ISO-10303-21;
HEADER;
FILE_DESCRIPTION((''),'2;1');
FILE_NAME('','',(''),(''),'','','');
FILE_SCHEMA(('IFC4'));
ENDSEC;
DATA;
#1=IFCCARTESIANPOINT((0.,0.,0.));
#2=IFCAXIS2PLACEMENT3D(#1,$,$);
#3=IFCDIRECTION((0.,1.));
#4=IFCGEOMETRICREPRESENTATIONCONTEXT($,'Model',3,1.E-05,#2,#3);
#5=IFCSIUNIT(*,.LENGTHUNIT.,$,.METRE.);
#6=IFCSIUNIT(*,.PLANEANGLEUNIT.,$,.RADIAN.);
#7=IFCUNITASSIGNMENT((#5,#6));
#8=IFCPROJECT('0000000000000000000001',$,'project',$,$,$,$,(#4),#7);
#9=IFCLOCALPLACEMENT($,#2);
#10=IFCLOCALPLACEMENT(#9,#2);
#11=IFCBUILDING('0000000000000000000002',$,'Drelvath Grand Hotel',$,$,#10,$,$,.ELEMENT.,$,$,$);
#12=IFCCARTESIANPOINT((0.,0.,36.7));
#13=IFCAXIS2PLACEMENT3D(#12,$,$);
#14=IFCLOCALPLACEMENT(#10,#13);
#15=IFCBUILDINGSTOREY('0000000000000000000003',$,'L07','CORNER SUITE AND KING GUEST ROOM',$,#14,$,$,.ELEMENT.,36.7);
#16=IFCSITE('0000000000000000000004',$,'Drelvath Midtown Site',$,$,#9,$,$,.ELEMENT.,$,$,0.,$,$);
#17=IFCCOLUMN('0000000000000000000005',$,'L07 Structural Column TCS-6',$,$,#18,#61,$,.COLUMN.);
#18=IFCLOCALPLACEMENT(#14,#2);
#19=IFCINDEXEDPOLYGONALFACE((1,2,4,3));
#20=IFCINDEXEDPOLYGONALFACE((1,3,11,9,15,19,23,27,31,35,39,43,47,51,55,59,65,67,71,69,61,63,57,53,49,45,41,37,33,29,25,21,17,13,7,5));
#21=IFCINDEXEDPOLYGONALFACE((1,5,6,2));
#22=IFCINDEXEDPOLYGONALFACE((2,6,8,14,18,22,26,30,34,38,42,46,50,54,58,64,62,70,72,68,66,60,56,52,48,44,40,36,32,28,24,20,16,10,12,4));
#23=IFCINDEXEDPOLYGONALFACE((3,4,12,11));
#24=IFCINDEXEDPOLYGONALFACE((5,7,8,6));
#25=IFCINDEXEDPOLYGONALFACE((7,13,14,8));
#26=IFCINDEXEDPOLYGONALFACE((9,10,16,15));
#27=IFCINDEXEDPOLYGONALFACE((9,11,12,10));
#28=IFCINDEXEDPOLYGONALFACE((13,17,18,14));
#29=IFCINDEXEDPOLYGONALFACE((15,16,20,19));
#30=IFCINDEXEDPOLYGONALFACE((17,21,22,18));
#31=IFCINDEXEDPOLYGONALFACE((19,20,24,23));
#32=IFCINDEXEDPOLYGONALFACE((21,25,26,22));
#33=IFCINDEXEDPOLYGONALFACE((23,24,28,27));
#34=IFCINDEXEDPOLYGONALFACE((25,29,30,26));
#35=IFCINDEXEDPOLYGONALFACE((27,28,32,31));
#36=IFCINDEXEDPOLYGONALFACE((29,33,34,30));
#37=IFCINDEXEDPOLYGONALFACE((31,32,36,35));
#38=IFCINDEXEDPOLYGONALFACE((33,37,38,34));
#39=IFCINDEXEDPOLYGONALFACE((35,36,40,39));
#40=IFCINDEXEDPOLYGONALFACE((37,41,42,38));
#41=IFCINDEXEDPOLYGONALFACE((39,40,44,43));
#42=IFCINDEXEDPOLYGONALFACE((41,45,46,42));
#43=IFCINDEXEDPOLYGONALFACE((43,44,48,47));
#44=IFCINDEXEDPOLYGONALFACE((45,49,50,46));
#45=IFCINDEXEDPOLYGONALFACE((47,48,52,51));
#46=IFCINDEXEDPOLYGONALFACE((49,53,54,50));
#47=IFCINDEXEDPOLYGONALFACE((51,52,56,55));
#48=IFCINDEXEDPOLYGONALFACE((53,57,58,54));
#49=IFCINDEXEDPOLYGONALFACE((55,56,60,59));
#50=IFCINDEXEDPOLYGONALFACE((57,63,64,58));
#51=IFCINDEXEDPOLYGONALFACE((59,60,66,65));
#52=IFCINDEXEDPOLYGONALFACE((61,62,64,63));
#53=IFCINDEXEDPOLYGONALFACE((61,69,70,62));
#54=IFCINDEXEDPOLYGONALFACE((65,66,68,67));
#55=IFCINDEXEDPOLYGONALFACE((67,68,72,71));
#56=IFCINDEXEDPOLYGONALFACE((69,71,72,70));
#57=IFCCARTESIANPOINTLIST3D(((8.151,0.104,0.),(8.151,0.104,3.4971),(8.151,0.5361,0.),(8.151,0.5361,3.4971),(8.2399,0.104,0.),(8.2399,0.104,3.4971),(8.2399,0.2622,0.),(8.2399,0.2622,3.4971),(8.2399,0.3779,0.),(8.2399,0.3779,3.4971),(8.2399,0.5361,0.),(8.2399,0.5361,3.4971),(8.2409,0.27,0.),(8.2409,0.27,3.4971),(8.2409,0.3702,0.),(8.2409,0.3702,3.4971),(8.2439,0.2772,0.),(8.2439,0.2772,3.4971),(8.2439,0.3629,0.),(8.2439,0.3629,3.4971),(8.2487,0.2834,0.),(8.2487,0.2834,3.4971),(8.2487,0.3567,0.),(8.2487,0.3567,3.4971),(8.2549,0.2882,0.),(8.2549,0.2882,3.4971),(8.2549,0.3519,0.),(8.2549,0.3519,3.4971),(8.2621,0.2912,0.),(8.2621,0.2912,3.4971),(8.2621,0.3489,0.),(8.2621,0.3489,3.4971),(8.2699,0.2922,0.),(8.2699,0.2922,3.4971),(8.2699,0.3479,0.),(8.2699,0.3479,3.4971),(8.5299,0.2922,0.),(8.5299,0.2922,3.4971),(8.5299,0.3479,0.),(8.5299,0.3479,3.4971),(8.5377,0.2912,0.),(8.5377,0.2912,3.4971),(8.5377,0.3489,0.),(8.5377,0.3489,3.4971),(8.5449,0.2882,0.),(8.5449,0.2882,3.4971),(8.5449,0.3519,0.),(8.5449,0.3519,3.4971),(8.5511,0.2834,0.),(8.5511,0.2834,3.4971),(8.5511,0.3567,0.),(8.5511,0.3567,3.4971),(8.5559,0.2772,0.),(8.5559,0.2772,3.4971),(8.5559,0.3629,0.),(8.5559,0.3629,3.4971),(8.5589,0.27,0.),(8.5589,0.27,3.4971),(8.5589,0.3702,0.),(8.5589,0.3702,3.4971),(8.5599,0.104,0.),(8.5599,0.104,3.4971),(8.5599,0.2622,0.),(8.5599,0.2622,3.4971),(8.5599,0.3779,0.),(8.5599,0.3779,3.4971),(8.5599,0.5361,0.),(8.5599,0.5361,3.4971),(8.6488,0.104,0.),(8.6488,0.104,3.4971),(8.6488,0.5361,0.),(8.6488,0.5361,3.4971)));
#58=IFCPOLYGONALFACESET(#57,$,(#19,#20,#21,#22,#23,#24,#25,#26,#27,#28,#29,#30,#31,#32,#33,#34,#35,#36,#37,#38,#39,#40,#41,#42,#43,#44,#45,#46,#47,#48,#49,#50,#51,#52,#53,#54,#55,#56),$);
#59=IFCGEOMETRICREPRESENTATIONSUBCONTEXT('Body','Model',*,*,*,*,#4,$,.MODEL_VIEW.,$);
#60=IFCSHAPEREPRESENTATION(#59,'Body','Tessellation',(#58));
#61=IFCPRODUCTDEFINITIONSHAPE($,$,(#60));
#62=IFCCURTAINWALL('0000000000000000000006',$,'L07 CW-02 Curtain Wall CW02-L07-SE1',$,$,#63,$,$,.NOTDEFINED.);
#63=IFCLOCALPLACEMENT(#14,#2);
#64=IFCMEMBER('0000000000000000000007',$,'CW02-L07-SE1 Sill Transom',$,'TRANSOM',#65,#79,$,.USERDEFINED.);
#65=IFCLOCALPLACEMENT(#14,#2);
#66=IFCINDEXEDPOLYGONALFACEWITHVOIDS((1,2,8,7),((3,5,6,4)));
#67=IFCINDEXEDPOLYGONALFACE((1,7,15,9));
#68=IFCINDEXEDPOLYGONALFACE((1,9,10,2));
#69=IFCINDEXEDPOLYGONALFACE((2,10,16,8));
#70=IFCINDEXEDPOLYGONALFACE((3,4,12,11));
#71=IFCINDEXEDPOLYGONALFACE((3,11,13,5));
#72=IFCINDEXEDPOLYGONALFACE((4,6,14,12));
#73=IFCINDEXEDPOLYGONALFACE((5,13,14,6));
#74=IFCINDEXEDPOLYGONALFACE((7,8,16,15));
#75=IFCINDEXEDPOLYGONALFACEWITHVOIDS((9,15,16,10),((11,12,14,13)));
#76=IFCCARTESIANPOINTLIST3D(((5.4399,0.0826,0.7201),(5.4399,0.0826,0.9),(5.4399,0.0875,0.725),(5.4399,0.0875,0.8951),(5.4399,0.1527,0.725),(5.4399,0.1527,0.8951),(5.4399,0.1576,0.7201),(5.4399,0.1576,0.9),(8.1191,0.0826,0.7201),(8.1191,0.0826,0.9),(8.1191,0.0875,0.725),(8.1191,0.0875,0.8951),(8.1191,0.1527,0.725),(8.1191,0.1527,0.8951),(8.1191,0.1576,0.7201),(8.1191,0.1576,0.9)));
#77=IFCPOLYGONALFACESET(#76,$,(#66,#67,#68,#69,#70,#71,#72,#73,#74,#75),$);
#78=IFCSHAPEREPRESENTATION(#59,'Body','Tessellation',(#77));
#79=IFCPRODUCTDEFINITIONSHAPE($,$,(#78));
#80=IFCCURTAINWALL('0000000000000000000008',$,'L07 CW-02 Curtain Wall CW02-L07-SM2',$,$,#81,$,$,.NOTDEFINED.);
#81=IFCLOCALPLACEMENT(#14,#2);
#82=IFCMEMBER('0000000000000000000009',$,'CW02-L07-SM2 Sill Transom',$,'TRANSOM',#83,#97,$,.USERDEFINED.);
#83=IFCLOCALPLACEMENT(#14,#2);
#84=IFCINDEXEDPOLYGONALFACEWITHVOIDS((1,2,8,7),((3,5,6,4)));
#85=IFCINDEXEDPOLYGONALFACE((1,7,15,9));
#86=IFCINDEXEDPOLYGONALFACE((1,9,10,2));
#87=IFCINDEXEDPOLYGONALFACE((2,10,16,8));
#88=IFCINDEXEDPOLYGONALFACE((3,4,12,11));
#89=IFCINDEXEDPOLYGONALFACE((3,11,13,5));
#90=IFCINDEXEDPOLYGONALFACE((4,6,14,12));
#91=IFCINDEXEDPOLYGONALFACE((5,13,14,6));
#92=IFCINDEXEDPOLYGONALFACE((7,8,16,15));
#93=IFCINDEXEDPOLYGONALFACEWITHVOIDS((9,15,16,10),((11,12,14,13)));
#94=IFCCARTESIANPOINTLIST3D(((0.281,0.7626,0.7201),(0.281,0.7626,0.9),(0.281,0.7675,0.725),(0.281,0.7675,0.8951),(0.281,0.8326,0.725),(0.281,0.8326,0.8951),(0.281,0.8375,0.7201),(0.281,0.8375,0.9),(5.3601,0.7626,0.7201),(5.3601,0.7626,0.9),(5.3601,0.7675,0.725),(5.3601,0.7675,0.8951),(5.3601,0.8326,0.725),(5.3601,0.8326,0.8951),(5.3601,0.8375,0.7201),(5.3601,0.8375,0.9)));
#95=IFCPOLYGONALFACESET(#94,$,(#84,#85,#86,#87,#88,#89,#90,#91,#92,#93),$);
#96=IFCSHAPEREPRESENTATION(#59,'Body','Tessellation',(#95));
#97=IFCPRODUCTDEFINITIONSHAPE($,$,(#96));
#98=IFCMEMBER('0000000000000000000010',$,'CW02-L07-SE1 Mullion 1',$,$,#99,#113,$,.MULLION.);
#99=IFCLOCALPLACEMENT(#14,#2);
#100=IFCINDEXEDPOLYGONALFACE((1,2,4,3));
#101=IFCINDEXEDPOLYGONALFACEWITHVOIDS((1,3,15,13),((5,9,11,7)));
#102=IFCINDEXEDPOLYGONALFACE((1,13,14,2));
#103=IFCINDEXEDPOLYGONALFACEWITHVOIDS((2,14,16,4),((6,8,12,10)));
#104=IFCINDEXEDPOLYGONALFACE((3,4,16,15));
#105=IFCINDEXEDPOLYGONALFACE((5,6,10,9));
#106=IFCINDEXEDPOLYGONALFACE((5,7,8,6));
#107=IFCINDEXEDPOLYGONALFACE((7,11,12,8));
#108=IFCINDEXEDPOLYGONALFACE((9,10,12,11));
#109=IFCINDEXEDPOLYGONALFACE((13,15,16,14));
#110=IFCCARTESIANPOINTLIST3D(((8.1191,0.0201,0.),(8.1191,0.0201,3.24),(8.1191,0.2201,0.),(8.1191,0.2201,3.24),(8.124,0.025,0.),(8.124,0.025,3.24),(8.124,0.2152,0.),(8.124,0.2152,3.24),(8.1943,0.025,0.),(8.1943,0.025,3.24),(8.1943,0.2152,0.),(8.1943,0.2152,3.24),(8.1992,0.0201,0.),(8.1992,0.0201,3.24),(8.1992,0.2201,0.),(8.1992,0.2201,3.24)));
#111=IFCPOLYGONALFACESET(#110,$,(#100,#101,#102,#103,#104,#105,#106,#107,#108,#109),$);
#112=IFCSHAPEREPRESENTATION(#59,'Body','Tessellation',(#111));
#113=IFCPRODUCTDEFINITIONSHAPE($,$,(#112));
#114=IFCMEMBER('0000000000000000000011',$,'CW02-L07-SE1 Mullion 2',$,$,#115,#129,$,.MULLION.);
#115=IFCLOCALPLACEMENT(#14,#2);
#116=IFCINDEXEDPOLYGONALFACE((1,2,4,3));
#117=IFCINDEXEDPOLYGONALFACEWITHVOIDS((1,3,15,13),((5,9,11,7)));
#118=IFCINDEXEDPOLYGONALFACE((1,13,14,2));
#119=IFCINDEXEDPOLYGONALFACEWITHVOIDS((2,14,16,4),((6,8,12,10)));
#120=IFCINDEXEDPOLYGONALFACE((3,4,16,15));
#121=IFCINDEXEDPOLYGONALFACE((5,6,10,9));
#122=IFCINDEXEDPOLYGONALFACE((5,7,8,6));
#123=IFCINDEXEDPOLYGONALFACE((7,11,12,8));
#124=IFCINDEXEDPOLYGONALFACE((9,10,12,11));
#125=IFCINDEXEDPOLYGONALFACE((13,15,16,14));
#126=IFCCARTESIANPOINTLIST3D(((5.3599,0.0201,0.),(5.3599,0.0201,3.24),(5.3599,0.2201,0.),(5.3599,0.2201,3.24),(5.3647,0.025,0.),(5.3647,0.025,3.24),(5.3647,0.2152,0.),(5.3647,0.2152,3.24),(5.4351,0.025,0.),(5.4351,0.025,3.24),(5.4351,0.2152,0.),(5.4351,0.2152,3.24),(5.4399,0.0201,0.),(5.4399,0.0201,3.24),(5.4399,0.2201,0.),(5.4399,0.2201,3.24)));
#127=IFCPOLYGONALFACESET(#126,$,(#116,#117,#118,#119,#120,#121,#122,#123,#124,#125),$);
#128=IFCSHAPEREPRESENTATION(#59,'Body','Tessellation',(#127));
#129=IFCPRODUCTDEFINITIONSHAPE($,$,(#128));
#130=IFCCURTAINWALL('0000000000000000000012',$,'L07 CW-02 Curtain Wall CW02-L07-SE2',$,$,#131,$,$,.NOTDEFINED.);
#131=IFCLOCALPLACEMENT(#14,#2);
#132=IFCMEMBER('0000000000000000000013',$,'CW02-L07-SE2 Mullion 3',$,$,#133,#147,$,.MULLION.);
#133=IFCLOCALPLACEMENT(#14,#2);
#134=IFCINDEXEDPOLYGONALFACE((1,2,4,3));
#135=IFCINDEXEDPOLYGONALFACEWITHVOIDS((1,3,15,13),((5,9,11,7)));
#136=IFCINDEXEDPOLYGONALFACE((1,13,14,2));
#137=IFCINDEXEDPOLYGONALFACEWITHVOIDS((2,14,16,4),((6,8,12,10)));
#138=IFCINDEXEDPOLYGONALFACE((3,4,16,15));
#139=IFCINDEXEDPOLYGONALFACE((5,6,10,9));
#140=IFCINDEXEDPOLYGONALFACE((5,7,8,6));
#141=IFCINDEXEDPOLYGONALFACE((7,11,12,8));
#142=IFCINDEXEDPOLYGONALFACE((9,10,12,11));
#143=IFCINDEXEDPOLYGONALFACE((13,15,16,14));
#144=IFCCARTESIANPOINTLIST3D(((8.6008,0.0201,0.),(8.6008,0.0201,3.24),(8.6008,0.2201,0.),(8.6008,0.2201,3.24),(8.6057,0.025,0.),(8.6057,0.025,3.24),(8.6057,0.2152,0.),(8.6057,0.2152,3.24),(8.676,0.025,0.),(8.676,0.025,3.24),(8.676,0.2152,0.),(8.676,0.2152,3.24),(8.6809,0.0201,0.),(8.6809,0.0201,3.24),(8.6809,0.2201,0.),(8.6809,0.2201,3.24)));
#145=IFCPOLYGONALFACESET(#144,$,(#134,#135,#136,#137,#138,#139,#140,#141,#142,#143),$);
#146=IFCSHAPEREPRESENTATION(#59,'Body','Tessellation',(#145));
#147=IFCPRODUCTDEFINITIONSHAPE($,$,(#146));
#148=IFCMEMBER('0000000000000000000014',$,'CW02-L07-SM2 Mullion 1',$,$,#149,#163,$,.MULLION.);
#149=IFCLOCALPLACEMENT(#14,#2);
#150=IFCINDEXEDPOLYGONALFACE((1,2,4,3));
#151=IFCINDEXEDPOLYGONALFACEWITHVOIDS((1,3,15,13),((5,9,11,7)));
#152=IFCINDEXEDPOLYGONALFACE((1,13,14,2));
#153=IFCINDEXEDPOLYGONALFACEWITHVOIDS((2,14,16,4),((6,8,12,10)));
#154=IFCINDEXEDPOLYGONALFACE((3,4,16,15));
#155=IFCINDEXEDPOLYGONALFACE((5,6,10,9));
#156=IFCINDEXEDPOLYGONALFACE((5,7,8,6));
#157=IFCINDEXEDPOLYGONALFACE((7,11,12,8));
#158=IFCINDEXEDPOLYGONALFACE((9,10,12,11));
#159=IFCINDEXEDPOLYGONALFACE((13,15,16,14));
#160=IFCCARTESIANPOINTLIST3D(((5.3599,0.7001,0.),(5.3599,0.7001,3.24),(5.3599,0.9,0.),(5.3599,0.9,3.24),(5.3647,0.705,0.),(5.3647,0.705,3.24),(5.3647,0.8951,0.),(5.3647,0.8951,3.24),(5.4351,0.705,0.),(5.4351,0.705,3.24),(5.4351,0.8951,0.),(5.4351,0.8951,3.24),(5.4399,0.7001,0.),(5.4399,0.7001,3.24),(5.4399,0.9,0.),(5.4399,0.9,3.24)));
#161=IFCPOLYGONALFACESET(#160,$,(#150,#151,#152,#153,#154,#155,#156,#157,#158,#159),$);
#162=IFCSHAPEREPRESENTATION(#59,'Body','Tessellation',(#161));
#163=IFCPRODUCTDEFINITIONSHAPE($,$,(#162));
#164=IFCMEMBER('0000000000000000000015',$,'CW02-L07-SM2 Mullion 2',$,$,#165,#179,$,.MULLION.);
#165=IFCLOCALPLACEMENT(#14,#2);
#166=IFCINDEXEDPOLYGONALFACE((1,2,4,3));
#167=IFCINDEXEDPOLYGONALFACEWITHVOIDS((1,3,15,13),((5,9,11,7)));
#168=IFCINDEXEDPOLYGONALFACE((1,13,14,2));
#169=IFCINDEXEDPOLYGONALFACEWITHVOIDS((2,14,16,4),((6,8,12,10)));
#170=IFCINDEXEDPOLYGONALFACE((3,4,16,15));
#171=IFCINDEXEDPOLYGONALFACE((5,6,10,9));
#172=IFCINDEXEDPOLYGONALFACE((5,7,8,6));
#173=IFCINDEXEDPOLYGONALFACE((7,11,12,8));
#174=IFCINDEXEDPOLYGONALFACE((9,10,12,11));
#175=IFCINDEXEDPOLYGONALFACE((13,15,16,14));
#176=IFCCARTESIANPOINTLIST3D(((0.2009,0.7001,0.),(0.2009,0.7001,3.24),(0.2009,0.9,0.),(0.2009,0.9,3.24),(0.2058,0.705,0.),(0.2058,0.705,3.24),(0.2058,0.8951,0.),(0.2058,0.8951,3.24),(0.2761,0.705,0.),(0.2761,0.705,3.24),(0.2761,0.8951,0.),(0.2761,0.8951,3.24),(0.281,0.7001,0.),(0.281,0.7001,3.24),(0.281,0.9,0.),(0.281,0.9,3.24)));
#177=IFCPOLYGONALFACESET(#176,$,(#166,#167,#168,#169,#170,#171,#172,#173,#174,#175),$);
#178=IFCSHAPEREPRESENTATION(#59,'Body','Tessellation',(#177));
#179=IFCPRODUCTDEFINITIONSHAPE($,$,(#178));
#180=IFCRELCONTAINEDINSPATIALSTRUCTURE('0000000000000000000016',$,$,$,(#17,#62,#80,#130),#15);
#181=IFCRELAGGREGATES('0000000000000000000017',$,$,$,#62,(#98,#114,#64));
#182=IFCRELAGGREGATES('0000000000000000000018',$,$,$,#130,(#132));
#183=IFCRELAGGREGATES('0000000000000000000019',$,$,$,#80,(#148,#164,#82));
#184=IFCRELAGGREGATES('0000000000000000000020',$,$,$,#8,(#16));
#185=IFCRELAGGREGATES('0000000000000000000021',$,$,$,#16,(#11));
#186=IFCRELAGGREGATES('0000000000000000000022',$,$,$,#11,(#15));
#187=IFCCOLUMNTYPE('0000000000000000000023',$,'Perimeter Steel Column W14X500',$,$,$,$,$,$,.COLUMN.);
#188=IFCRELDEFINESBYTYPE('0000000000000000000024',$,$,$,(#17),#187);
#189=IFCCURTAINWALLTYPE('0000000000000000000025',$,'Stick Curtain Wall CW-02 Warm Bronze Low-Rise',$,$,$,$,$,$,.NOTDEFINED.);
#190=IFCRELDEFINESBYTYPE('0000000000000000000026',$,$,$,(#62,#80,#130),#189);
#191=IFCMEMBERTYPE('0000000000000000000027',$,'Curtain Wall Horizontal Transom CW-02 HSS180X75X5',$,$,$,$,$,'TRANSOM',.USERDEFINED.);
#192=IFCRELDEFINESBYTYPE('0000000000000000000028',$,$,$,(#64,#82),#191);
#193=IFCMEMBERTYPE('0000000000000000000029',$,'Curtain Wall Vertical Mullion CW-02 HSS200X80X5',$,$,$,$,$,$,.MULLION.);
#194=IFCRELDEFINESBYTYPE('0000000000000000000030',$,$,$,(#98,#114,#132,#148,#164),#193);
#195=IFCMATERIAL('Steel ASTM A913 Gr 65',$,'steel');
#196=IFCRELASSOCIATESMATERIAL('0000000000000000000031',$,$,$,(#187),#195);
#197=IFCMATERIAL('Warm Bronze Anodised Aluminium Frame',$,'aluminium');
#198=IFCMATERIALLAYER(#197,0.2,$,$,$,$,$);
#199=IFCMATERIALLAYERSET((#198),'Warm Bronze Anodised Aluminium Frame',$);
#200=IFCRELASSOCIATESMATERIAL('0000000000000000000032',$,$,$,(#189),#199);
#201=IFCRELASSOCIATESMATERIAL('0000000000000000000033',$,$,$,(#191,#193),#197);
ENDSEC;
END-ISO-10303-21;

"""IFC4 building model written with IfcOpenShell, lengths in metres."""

from ifc_helpers import new_model, si_unit, direction, frame, origin, origin_2d, place, context, subcontext, project, spatial, hollow_rectangle, i_section, extrude, material, layer, layer_set, material_profile, profile_set, type_object, element, aggregate, save


model = new_model("IFC4")

# Units and contexts
model_context = context("Model", 3, precision=1e-05, world=origin(), true_north=direction((0.0, 1.0)))
body_context = subcontext(model_context, "Body", "Model", "MODEL_VIEW")
ifc_project = project(units=[si_unit("LENGTHUNIT", "METRE"), si_unit("PLANEANGLEUNIT", "RADIAN")], contexts=[model_context])

# Site, building, storey
site_placement = place(None, origin())
site = spatial("IfcSite", under=ifc_project, at=site_placement, Name="Drelvath Midtown Site", CompositionType="ELEMENT", RefElevation=0.0)
building_placement = place(site_placement, origin())
building = spatial("IfcBuilding", under=site, at=building_placement, Name="Drelvath Grand Hotel", CompositionType="ELEMENT")
storey_placement = place(building_placement, frame((0.0, 0.0, 36.7)))
storey = spatial("IfcBuildingStorey", under=building, at=storey_placement, Name="L07", Description="CORNER SUITE AND KING GUEST ROOM", CompositionType="ELEMENT", Elevation=36.7)

# Column
ifc_material_1 = material(Name="Steel ASTM A913 Gr 65", Category="steel")
ifc_material_profile_1 = material_profile(ifc_material_1, i_section(OverallWidth=0.4321, OverallDepth=0.4978, WebThickness=0.0557, FlangeThickness=0.0889, FilletRadius=0.03, at=origin_2d()), Name="W14X500")
ifc_profile_set_1 = profile_set([ifc_material_profile_1], Name="Steel ASTM A913 Gr 65")
column_type = type_object("IfcColumnType", Name="Perimeter Steel Column W14X500", PredefinedType="COLUMN", material=ifc_profile_set_1)
column_placement = place(storey_placement, frame((8.3999, 0.3201, 0.0), z_axis=(0.0, 0.0, 1.0), x_axis=(0.0, 1.0, 0.0)))
element("IfcColumn", 1, at=column_placement, inside=storey, type_object=column_type, Name="L07 Structural Column TCS-6", PredefinedType="COLUMN", context=body_context, shape_type="SweptSolid", body=[
    extrude(i_section(OverallWidth=0.4321, OverallDepth=0.4978, WebThickness=0.0557, FlangeThickness=0.0889, FilletRadius=0.03, at=origin_2d()), origin(), (0.0, 0.0, 1.0), 3.4971),
])

# Curtain walls, members
ifc_material_2 = material(Name="Warm Bronze Anodised Aluminium Frame", Category="aluminium")
ifc_layer_1 = layer(ifc_material_2, 0.2)
ifc_layer_set_1 = layer_set([ifc_layer_1], Name="Warm Bronze Anodised Aluminium Frame")
curtain_wall_type = type_object("IfcCurtainWallType", Name="Stick Curtain Wall CW-02 Warm Bronze Low-Rise", PredefinedType="NOTDEFINED", material=ifc_layer_set_1)
curtain_wall_1_placement = place(storey_placement, origin())
curtain_wall_1 = element("IfcCurtainWall", 2, at=curtain_wall_1_placement, inside=storey, type_object=curtain_wall_type, Name="L07 CW-02 Curtain Wall CW02-L07-SE1", PredefinedType="NOTDEFINED")
ifc_material_profile_2 = material_profile(ifc_material_2, hollow_rectangle(XDim=0.075, YDim=0.1799, WallThickness=0.0049, at=origin_2d()), Name="HSS180X75X5")
ifc_profile_set_2 = profile_set([ifc_material_profile_2], Name="Warm Bronze Anodised Aluminium Frame")
member_type_1 = type_object("IfcMemberType", Name="Curtain Wall Horizontal Transom CW-02 HSS180X75X5", ElementType="TRANSOM", PredefinedType="USERDEFINED", material=ifc_profile_set_2)
member_1_placement = place(storey_placement, frame((8.1191, 0.1201, 0.8101), z_axis=(-1.0, 0.0, 0.0), x_axis=(0.0, -1.0, 0.0)))
member_1 = element("IfcMember", 3, at=member_1_placement, type_object=member_type_1, Name="CW02-L07-SE1 Sill Transom", ObjectType="TRANSOM", PredefinedType="USERDEFINED", context=body_context, shape_type="SweptSolid", body=[
    extrude(hollow_rectangle(XDim=0.075, YDim=0.1799, WallThickness=0.0049, at=origin_2d()), origin(), (0.0, 0.0, 1.0), 2.6792),
])
curtain_wall_2_placement = place(storey_placement, origin())
curtain_wall_2 = element("IfcCurtainWall", 4, at=curtain_wall_2_placement, inside=storey, type_object=curtain_wall_type, Name="L07 CW-02 Curtain Wall CW02-L07-SM2", PredefinedType="NOTDEFINED")
member_2_placement = place(storey_placement, frame((5.3601, 0.8, 0.8101), z_axis=(-1.0, 0.0, 0.0), x_axis=(0.0, -1.0, 0.0)))
member_2 = element("IfcMember", 5, at=member_2_placement, type_object=member_type_1, Name="CW02-L07-SM2 Sill Transom", ObjectType="TRANSOM", PredefinedType="USERDEFINED", context=body_context, shape_type="SweptSolid", body=[
    extrude(hollow_rectangle(XDim=0.075, YDim=0.1799, WallThickness=0.0049, at=origin_2d()), origin(), (0.0, 0.0, 1.0), 5.0791),
])

# Members
ifc_material_profile_3 = material_profile(ifc_material_2, hollow_rectangle(XDim=0.0801, YDim=0.2, WallThickness=0.0049, at=origin_2d()), Name="HSS200X80X5")
ifc_profile_set_3 = profile_set([ifc_material_profile_3], Name="Warm Bronze Anodised Aluminium Frame")
member_type_2 = type_object("IfcMemberType", Name="Curtain Wall Vertical Mullion CW-02 HSS200X80X5", PredefinedType="MULLION", material=ifc_profile_set_3)
member_3_placement = place(storey_placement, frame((8.1592, 0.1201, 0.0), z_axis=(0.0, 0.0, 1.0), x_axis=(1.0, 0.0, 0.0)))
member_3 = element("IfcMember", 6, at=member_3_placement, type_object=member_type_2, Name="CW02-L07-SE1 Mullion 1", PredefinedType="MULLION", context=body_context, shape_type="SweptSolid", body=[
    extrude(hollow_rectangle(XDim=0.0801, YDim=0.2, WallThickness=0.0049, at=origin_2d()), origin(), (0.0, 0.0, 1.0), 3.24),
])
member_4_placement = place(storey_placement, frame((5.3999, 0.1201, 0.0), z_axis=(0.0, 0.0, 1.0), x_axis=(1.0, 0.0, 0.0)))
member_4 = element("IfcMember", 7, at=member_4_placement, type_object=member_type_2, Name="CW02-L07-SE1 Mullion 2", PredefinedType="MULLION", context=body_context, shape_type="SweptSolid", body=[
    extrude(hollow_rectangle(XDim=0.0801, YDim=0.2, WallThickness=0.0049, at=origin_2d()), origin(), (0.0, 0.0, 1.0), 3.24),
])

# Curtain wall, member
curtain_wall_3_placement = place(storey_placement, origin())
curtain_wall_3 = element("IfcCurtainWall", 8, at=curtain_wall_3_placement, inside=storey, type_object=curtain_wall_type, Name="L07 CW-02 Curtain Wall CW02-L07-SE2", PredefinedType="NOTDEFINED")
member_5_placement = place(storey_placement, frame((8.6409, 0.1201, 0.0), z_axis=(0.0, 0.0, 1.0), x_axis=(1.0, 0.0, 0.0)))
member_5 = element("IfcMember", 9, at=member_5_placement, type_object=member_type_2, Name="CW02-L07-SE2 Mullion 3", PredefinedType="MULLION", context=body_context, shape_type="SweptSolid", body=[
    extrude(hollow_rectangle(XDim=0.0801, YDim=0.2, WallThickness=0.0049, at=origin_2d()), origin(), (0.0, 0.0, 1.0), 3.24),
])

# Members
member_6_placement = place(storey_placement, frame((5.3999, 0.8, 0.0), z_axis=(0.0, 0.0, 1.0), x_axis=(1.0, 0.0, 0.0)))
member_6 = element("IfcMember", 10, at=member_6_placement, type_object=member_type_2, Name="CW02-L07-SM2 Mullion 1", PredefinedType="MULLION", context=body_context, shape_type="SweptSolid", body=[
    extrude(hollow_rectangle(XDim=0.0801, YDim=0.2, WallThickness=0.0049, at=origin_2d()), origin(), (0.0, 0.0, 1.0), 3.24),
])
member_7_placement = place(storey_placement, frame((0.241, 0.8, 0.0), z_axis=(0.0, 0.0, 1.0), x_axis=(1.0, 0.0, 0.0)))
member_7 = element("IfcMember", 11, at=member_7_placement, type_object=member_type_2, Name="CW02-L07-SM2 Mullion 2", PredefinedType="MULLION", context=body_context, shape_type="SweptSolid", body=[
    extrude(hollow_rectangle(XDim=0.0801, YDim=0.2, WallThickness=0.0049, at=origin_2d()), origin(), (0.0, 0.0, 1.0), 3.24),
])

aggregate(curtain_wall_1, [member_3, member_4, member_1])
aggregate(curtain_wall_3, [member_5])
aggregate(curtain_wall_2, [member_6, member_7, member_2])

save(model, "model.ifc")
